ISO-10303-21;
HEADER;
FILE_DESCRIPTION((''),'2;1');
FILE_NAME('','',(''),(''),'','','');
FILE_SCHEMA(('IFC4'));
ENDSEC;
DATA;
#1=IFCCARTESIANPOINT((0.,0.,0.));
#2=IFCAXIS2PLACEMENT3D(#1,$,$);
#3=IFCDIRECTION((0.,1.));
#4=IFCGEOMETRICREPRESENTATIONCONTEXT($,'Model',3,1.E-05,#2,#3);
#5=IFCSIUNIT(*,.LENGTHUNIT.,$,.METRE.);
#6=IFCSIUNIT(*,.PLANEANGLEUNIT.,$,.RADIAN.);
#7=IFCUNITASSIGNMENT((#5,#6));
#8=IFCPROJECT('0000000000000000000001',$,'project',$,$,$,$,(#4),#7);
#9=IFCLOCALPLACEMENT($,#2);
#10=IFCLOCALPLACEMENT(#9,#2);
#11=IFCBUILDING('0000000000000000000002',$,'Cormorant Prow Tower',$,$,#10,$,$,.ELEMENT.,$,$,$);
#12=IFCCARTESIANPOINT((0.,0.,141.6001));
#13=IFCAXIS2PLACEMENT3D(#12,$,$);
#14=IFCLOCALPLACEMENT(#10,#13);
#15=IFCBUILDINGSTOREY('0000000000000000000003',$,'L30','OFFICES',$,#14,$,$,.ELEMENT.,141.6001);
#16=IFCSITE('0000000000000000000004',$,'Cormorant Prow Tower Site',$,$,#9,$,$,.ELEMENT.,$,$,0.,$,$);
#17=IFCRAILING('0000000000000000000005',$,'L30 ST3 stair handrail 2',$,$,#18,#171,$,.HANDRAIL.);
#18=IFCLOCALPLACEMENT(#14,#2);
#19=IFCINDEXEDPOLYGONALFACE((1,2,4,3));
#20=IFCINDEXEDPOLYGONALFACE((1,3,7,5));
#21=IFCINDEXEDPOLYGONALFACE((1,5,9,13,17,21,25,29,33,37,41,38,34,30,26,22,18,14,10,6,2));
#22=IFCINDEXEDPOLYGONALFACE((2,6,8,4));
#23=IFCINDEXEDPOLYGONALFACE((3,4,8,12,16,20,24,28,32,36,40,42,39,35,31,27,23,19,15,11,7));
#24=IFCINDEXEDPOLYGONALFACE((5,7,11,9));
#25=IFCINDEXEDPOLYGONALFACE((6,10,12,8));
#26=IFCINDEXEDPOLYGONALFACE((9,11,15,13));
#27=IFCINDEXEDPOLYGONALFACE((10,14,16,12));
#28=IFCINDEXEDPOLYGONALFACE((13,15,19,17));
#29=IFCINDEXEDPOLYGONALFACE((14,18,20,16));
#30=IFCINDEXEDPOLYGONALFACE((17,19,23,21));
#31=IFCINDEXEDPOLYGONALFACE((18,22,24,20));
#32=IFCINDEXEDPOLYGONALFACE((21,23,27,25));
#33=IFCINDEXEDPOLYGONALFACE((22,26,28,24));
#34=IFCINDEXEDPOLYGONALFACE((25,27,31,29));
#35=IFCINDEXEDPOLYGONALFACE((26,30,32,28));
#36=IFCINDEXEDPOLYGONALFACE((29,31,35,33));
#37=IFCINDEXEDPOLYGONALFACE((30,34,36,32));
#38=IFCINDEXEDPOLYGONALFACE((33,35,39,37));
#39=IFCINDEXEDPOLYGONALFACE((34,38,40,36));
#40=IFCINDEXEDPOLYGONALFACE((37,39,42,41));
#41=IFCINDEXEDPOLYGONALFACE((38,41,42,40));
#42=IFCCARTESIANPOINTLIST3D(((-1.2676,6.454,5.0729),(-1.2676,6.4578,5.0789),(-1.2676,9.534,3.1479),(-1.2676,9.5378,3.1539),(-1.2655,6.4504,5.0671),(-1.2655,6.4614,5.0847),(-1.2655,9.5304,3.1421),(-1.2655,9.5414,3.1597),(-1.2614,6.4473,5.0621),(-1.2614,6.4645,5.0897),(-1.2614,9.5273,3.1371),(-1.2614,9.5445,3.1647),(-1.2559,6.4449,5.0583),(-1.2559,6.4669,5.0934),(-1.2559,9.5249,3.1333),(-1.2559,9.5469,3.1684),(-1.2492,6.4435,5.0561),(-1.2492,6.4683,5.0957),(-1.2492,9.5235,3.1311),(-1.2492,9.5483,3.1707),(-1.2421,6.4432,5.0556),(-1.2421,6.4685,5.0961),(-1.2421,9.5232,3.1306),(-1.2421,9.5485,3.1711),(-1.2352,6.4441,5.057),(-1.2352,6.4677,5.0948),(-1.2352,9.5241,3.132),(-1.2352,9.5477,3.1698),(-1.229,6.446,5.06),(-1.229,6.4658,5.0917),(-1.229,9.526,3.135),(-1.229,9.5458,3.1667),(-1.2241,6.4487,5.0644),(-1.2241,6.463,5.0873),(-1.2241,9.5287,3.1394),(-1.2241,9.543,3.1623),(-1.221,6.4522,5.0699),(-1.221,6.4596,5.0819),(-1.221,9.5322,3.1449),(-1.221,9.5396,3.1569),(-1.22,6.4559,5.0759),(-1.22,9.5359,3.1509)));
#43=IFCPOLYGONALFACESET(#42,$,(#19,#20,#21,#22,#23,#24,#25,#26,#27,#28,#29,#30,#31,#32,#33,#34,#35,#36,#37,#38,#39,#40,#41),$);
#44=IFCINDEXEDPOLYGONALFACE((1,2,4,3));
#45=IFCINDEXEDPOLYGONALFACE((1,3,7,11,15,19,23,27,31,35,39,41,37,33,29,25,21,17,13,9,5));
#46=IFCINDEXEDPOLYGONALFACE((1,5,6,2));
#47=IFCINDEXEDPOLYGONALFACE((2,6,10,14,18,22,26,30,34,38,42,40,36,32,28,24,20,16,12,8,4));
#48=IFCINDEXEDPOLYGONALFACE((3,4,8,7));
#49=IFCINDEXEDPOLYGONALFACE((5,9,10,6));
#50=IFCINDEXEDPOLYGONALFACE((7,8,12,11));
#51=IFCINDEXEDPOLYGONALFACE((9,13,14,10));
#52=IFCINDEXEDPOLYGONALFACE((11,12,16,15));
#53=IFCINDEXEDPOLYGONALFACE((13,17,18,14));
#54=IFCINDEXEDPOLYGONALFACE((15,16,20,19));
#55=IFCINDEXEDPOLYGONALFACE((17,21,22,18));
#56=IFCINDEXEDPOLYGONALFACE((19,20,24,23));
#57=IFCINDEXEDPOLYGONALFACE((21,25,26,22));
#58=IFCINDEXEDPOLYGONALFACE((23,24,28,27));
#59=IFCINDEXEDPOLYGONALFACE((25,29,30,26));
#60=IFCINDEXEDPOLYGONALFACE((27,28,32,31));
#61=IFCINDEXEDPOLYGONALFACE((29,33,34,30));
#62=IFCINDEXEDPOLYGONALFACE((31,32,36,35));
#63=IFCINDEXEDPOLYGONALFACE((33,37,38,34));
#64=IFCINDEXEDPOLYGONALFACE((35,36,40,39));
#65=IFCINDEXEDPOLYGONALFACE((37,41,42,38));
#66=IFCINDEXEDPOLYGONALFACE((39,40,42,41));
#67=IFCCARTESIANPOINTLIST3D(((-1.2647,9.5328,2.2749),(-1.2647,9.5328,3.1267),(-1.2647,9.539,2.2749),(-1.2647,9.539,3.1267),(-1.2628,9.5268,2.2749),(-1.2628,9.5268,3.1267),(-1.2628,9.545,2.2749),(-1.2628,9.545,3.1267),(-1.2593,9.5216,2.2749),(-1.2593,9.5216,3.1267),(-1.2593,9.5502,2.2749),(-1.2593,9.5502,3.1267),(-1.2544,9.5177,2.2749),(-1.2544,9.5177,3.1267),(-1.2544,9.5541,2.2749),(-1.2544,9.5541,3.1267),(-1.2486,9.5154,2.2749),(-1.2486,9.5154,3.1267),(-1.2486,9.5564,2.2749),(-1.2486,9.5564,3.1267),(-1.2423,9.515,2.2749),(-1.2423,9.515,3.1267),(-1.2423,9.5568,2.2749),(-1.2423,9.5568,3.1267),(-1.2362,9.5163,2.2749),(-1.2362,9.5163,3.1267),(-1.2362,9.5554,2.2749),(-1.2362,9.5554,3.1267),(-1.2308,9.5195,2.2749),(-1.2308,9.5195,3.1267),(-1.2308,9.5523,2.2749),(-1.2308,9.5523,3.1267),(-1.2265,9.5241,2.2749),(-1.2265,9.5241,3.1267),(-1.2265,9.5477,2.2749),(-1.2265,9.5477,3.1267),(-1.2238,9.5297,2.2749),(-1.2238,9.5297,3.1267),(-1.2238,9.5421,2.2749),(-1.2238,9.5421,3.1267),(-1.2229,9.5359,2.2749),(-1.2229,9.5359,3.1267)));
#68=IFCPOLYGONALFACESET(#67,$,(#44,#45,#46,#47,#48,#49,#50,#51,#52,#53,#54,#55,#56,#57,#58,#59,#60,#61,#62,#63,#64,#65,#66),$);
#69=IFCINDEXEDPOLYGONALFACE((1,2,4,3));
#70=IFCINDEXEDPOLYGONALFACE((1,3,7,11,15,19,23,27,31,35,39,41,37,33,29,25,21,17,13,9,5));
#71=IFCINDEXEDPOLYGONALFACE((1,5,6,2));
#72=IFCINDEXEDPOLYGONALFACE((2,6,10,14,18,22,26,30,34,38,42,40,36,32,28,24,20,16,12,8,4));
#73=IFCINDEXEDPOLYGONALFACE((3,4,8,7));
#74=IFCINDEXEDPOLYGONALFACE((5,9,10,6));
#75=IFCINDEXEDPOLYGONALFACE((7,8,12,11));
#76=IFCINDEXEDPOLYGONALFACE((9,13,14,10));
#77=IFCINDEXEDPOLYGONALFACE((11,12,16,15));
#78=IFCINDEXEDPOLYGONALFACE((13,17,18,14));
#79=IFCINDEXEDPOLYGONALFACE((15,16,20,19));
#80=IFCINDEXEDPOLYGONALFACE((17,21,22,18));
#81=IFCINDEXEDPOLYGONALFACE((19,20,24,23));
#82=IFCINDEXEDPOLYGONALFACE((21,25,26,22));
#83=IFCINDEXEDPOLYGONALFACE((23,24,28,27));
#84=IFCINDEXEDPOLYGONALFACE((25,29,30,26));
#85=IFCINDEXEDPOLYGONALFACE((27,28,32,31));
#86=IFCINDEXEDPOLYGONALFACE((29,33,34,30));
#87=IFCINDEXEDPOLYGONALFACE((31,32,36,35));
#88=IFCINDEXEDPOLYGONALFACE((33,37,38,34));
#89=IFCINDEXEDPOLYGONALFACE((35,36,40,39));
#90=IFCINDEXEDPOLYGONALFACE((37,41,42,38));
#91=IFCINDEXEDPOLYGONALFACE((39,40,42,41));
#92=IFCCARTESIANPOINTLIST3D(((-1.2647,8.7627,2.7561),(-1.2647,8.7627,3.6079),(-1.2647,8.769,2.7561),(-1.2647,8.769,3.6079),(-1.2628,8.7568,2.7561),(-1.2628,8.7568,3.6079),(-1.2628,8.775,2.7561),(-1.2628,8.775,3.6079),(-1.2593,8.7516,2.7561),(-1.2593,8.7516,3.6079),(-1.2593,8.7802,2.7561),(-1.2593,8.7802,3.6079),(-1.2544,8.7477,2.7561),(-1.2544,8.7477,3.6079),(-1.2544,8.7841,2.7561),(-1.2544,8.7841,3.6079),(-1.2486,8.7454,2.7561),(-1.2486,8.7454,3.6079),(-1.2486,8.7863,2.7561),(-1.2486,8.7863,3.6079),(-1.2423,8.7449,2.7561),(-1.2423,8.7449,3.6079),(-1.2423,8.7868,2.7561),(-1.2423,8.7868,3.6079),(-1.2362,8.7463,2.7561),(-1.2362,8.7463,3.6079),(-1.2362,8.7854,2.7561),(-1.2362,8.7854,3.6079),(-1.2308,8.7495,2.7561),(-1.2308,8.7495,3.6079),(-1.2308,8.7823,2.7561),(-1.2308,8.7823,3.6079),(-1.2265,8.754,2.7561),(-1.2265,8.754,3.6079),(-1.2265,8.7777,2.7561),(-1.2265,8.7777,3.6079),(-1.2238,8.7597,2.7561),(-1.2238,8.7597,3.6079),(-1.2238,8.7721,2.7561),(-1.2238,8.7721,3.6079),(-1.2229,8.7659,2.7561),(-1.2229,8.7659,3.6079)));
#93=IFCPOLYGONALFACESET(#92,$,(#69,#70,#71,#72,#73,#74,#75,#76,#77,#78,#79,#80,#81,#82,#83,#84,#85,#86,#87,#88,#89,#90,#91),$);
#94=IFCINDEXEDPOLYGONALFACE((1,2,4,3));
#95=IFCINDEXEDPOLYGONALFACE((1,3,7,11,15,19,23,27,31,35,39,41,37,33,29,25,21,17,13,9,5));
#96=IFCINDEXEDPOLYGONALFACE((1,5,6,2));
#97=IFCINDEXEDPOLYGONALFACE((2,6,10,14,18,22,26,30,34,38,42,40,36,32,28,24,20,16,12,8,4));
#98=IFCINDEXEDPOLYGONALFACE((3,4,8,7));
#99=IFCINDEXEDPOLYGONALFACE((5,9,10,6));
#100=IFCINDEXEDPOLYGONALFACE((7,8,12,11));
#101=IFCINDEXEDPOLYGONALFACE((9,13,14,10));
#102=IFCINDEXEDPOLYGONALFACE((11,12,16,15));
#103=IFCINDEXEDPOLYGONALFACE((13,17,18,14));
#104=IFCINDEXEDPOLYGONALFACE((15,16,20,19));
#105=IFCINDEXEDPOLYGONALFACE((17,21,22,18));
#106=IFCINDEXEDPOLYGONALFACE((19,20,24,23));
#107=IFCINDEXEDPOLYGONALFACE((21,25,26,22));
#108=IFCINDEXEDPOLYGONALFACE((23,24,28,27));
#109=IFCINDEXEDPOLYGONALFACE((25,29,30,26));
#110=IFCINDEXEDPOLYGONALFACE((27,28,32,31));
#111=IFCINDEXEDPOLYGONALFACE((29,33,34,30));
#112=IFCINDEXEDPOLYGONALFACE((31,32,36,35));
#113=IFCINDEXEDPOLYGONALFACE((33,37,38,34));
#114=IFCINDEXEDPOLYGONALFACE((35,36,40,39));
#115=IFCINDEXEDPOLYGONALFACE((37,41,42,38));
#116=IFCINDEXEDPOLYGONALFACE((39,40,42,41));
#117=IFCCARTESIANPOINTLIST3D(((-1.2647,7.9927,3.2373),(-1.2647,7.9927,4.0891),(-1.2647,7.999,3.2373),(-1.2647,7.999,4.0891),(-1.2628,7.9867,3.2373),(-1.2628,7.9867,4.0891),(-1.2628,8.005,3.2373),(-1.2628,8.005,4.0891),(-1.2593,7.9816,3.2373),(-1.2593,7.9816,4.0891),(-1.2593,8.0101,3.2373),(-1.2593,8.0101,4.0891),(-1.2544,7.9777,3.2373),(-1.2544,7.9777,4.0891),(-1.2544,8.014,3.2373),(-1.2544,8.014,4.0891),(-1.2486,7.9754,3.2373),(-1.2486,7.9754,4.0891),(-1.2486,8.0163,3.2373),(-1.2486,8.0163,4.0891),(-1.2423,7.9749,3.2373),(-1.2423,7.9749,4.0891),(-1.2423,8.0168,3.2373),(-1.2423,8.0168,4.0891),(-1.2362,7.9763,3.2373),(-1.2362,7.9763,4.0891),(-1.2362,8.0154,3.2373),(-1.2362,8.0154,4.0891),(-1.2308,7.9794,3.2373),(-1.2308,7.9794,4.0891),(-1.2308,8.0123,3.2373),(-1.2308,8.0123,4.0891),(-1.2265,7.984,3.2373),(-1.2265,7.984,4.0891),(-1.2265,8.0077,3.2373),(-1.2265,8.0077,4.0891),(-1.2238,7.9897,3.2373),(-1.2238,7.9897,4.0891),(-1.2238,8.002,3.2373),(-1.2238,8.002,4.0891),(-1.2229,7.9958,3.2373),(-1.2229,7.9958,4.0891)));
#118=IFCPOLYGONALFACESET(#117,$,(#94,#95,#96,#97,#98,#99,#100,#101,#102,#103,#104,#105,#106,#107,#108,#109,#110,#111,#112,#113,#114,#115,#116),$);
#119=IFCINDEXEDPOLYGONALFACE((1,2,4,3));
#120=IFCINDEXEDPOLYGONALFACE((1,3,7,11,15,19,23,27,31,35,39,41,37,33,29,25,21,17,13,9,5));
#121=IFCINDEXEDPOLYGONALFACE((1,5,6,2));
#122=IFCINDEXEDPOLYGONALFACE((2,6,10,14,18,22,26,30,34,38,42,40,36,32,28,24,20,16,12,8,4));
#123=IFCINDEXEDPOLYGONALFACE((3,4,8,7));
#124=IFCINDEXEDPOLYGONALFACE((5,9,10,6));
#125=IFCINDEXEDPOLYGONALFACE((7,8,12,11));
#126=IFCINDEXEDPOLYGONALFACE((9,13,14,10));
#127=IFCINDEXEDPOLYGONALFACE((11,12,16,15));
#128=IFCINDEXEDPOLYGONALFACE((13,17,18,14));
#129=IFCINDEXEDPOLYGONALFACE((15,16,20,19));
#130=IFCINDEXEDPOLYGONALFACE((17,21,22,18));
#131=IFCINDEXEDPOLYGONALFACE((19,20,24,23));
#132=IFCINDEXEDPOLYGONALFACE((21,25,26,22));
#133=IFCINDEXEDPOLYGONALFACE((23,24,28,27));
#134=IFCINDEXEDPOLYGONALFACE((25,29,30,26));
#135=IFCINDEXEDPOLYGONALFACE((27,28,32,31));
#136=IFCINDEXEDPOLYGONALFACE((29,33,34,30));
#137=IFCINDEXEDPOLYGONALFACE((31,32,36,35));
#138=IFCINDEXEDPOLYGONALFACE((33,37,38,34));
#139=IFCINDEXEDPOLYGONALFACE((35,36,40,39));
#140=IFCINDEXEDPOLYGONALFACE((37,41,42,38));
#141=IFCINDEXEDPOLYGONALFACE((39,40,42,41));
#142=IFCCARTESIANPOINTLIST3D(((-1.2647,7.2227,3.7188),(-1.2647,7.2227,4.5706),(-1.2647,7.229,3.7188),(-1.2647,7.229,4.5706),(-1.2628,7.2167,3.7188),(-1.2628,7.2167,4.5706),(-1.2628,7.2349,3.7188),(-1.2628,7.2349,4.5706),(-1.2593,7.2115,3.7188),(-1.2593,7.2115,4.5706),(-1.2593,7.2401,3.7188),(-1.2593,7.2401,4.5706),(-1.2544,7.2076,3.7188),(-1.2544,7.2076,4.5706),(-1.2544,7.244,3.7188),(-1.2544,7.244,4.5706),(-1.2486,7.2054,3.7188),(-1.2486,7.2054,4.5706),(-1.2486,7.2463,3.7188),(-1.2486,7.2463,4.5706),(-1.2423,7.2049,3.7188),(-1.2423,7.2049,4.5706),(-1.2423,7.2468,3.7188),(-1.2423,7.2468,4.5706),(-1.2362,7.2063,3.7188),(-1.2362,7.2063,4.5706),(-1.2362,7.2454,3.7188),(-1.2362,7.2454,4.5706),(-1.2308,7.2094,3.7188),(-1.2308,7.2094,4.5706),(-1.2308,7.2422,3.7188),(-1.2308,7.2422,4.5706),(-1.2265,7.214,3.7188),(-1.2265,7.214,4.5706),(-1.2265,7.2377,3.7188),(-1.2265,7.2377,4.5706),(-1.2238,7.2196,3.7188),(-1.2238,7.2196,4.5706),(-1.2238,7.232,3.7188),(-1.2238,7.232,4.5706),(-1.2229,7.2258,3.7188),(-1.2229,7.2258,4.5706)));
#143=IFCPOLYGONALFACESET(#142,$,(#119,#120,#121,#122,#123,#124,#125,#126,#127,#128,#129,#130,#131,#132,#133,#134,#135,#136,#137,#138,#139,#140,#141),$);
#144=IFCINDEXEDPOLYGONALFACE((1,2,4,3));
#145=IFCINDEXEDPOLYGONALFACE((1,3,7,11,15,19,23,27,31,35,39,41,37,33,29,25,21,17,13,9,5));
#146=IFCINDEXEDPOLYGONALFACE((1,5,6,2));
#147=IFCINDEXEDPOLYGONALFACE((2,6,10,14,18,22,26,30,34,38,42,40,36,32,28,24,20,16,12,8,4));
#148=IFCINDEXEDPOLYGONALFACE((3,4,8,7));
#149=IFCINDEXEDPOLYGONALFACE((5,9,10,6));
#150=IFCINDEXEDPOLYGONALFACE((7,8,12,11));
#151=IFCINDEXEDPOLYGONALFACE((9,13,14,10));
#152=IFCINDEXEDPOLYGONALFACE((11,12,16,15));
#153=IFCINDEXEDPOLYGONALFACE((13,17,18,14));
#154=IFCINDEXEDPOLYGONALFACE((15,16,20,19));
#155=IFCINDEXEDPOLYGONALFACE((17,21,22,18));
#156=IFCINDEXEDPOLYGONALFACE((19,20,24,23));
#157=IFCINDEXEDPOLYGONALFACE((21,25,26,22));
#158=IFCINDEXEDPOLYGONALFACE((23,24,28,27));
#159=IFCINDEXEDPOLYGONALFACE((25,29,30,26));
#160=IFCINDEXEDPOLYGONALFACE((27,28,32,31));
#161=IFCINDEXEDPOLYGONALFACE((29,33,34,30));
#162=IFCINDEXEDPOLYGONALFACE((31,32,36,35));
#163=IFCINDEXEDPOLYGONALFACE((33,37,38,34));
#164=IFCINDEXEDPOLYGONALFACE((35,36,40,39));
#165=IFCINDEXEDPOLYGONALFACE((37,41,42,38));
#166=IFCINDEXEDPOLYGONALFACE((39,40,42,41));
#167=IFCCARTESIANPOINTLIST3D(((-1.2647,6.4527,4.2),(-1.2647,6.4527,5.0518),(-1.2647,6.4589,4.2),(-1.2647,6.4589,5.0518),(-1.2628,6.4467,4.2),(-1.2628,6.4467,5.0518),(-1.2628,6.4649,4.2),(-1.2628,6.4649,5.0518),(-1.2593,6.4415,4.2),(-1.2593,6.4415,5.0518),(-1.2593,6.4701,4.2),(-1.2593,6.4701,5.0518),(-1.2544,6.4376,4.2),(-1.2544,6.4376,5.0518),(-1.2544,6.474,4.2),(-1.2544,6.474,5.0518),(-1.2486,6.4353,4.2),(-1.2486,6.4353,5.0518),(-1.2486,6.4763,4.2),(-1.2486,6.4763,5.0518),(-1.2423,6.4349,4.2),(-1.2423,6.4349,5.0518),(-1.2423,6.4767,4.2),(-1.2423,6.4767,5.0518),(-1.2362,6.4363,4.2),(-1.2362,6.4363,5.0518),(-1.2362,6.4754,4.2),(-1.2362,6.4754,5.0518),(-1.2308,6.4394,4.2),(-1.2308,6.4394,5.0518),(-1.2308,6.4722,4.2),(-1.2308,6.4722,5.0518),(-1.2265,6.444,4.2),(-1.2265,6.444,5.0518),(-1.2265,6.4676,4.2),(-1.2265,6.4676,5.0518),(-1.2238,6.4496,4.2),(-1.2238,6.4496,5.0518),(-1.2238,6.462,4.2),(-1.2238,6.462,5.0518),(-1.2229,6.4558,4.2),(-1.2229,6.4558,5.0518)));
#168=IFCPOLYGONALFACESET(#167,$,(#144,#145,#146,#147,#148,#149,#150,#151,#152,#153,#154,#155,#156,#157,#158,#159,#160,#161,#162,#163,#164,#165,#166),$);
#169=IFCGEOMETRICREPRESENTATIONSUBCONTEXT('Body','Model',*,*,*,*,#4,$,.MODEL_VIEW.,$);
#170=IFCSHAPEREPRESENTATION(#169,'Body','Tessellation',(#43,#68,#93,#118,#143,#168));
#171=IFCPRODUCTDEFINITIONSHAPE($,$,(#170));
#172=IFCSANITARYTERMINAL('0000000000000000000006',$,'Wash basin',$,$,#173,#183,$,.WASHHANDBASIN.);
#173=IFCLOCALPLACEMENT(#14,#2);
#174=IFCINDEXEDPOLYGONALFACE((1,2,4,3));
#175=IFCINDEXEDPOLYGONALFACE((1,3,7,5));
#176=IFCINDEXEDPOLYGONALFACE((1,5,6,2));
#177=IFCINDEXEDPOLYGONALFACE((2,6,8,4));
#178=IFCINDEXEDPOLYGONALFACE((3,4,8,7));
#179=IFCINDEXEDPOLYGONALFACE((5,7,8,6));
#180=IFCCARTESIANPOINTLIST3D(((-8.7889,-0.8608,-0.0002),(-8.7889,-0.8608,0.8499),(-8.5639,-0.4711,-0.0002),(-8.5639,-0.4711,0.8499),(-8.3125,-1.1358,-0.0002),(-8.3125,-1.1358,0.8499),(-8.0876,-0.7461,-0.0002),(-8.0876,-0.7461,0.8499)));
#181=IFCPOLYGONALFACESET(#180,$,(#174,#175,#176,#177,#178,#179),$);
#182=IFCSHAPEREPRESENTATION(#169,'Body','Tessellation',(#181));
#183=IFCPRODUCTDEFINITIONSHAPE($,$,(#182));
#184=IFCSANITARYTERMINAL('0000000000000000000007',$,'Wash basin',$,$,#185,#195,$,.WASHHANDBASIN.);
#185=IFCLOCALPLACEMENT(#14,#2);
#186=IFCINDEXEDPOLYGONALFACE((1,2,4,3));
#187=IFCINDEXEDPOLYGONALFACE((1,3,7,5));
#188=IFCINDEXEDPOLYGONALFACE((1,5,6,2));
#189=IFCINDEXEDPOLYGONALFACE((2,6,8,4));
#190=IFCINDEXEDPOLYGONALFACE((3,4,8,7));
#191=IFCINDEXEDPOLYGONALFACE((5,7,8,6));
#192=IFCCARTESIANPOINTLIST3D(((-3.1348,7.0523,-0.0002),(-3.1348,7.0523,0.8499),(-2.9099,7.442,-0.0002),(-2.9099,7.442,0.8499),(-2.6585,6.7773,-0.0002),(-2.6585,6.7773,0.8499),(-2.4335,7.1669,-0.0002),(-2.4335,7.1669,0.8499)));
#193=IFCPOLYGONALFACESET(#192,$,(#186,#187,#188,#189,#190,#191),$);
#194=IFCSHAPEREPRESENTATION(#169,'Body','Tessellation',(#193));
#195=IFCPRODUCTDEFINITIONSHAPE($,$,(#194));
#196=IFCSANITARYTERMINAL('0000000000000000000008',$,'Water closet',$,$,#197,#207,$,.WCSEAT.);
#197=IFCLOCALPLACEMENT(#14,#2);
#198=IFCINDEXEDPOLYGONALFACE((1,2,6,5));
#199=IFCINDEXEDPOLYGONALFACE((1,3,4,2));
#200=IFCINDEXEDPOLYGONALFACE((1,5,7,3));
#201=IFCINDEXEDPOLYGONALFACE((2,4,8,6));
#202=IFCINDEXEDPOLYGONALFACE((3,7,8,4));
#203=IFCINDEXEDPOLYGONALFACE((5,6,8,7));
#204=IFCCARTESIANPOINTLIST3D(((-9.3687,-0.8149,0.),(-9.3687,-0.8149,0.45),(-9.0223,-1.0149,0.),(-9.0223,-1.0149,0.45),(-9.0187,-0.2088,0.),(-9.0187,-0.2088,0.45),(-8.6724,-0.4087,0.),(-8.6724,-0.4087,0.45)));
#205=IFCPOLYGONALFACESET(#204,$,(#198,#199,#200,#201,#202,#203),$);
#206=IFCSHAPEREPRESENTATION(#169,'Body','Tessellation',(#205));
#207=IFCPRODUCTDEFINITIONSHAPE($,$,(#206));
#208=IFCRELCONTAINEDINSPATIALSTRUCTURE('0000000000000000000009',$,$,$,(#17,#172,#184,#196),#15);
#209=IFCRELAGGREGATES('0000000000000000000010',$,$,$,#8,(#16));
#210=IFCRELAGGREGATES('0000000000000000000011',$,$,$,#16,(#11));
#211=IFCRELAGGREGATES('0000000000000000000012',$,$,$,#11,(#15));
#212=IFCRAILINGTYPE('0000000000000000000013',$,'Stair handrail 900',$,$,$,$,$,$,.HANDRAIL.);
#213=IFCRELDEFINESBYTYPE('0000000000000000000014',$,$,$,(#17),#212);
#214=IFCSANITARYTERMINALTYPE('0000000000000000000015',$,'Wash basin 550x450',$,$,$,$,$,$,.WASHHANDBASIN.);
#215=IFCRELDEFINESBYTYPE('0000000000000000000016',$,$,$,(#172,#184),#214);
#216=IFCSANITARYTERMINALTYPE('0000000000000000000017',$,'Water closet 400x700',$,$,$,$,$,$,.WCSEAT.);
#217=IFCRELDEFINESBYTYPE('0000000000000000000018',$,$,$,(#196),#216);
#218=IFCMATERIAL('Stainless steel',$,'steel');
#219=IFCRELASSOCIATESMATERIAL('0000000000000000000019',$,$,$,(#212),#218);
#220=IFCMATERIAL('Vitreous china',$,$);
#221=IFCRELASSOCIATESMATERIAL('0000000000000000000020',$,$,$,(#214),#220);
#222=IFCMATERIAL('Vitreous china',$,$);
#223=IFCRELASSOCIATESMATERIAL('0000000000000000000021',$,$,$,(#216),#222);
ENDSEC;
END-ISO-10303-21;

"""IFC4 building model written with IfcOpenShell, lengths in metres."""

from ifc_helpers import new_model, si_unit, direction, frame, origin, origin_2d, place, context, subcontext, project, spatial, rectangle, circle, extrude, material, type_object, element, save


model = new_model("IFC4")

# Units and contexts
model_context = context("Model", 3, precision=1e-05, world=origin(), true_north=direction((0.0, 1.0)))
body_context = subcontext(model_context, "Body", "Model", "MODEL_VIEW")
ifc_project = project(units=[si_unit("LENGTHUNIT", "METRE"), si_unit("PLANEANGLEUNIT", "RADIAN")], contexts=[model_context])

# Site, building, storey
site_placement = place(None, origin())
site = spatial("IfcSite", under=ifc_project, at=site_placement, Name="Cormorant Prow Tower Site", CompositionType="ELEMENT", RefElevation=0.0)
building_placement = place(site_placement, origin())
building = spatial("IfcBuilding", under=site, at=building_placement, Name="Cormorant Prow Tower", CompositionType="ELEMENT")
storey_placement = place(building_placement, frame((0.0, 0.0, 141.6001)))
storey = spatial("IfcBuildingStorey", under=building, at=storey_placement, Name="L30", Description="OFFICES", CompositionType="ELEMENT", Elevation=141.6001)

# Railing
ifc_material_1 = material(Name="Stainless steel", Category="steel")
railing_type = type_object("IfcRailingType", Name="Stair handrail 900", PredefinedType="HANDRAIL", material=ifc_material_1)
railing_placement = place(storey_placement, frame((-1.2439, 9.5359, 2.2749)))
element("IfcRailing", 1, at=railing_placement, inside=storey, type_object=railing_type, Name="L30 ST3 stair handrail 2", PredefinedType="HANDRAIL", context=body_context, shape_type="SweptSolid", body=[
    extrude(circle(Radius=0.0239, at=origin_2d()), frame((0.0, 0.0, 0.876), z_axis=(0.0, -0.847998, 0.529999), x_axis=(1.0, 0.0, 0.0)), (0.0, 0.0, 1.0), 3.6321),
    extrude(circle(Radius=0.021, at=origin_2d()), origin(), (0.0, 0.0, 1.0), 0.8518),
    extrude(circle(Radius=0.021, at=origin_2d()), frame((0.0, -0.77, 0.4812)), (0.0, 0.0, 1.0), 0.8518),
    extrude(circle(Radius=0.021, at=origin_2d()), frame((0.0, -1.54, 0.9624)), (0.0, 0.0, 1.0), 0.8518),
    extrude(circle(Radius=0.021, at=origin_2d()), frame((0.0, -2.3101, 1.4438)), (0.0, 0.0, 1.0), 0.8518),
    extrude(circle(Radius=0.021, at=origin_2d()), frame((0.0, -3.0801, 1.925)), (0.0, 0.0, 1.0), 0.8518),
])

# Sanitary terminals
ifc_material_2 = material(Name="Vitreous china")
sanitary_terminal_type_1 = type_object("IfcSanitaryTerminalType", Name="Wash basin 550x450", PredefinedType="WASHHANDBASIN", material=ifc_material_2)
for number, where, z_axis, x_axis, name in (
    (2, (-8.4382, -0.8035, -0.0002), (0.0, 0.0, 1.0), (-0.866034, 0.499985, 0.0), "Wash basin"),
    (3, (-2.7842, 7.1096, -0.0002), (0.0, 0.0, 1.0), (0.866034, -0.499985, 0.0), "Wash basin"),
):
    element("IfcSanitaryTerminal", number, at=place(storey_placement, frame(where, z_axis=z_axis, x_axis=x_axis)), inside=storey, type_object=sanitary_terminal_type_1, Name=name, PredefinedType="WASHHANDBASIN", context=body_context, shape_type="SweptSolid", body=[
        extrude(rectangle(XDim=0.55, YDim=0.45, at=origin_2d()), origin(), (0.0, 0.0, 1.0), 0.8501),
    ])
ifc_material_3 = material(Name="Vitreous china")
sanitary_terminal_type_2 = type_object("IfcSanitaryTerminalType", Name="Water closet 400x700", PredefinedType="WCSEAT", material=ifc_material_3)
for number, where, z_axis, x_axis, name in (
    (4, (-9.0205, -0.6118, 0.0), (0.0, 0.0, 1.0), (-0.866034, 0.499985, 0.0), "Water closet"),
):
    element("IfcSanitaryTerminal", number, at=place(storey_placement, frame(where, z_axis=z_axis, x_axis=x_axis)), inside=storey, type_object=sanitary_terminal_type_2, Name=name, PredefinedType="WCSEAT", context=body_context, shape_type="SweptSolid", body=[
        extrude(rectangle(XDim=0.3999, YDim=0.7, at=origin_2d()), origin(), (0.0, 0.0, 1.0), 0.45),
    ])

save(model, "model.ifc")
